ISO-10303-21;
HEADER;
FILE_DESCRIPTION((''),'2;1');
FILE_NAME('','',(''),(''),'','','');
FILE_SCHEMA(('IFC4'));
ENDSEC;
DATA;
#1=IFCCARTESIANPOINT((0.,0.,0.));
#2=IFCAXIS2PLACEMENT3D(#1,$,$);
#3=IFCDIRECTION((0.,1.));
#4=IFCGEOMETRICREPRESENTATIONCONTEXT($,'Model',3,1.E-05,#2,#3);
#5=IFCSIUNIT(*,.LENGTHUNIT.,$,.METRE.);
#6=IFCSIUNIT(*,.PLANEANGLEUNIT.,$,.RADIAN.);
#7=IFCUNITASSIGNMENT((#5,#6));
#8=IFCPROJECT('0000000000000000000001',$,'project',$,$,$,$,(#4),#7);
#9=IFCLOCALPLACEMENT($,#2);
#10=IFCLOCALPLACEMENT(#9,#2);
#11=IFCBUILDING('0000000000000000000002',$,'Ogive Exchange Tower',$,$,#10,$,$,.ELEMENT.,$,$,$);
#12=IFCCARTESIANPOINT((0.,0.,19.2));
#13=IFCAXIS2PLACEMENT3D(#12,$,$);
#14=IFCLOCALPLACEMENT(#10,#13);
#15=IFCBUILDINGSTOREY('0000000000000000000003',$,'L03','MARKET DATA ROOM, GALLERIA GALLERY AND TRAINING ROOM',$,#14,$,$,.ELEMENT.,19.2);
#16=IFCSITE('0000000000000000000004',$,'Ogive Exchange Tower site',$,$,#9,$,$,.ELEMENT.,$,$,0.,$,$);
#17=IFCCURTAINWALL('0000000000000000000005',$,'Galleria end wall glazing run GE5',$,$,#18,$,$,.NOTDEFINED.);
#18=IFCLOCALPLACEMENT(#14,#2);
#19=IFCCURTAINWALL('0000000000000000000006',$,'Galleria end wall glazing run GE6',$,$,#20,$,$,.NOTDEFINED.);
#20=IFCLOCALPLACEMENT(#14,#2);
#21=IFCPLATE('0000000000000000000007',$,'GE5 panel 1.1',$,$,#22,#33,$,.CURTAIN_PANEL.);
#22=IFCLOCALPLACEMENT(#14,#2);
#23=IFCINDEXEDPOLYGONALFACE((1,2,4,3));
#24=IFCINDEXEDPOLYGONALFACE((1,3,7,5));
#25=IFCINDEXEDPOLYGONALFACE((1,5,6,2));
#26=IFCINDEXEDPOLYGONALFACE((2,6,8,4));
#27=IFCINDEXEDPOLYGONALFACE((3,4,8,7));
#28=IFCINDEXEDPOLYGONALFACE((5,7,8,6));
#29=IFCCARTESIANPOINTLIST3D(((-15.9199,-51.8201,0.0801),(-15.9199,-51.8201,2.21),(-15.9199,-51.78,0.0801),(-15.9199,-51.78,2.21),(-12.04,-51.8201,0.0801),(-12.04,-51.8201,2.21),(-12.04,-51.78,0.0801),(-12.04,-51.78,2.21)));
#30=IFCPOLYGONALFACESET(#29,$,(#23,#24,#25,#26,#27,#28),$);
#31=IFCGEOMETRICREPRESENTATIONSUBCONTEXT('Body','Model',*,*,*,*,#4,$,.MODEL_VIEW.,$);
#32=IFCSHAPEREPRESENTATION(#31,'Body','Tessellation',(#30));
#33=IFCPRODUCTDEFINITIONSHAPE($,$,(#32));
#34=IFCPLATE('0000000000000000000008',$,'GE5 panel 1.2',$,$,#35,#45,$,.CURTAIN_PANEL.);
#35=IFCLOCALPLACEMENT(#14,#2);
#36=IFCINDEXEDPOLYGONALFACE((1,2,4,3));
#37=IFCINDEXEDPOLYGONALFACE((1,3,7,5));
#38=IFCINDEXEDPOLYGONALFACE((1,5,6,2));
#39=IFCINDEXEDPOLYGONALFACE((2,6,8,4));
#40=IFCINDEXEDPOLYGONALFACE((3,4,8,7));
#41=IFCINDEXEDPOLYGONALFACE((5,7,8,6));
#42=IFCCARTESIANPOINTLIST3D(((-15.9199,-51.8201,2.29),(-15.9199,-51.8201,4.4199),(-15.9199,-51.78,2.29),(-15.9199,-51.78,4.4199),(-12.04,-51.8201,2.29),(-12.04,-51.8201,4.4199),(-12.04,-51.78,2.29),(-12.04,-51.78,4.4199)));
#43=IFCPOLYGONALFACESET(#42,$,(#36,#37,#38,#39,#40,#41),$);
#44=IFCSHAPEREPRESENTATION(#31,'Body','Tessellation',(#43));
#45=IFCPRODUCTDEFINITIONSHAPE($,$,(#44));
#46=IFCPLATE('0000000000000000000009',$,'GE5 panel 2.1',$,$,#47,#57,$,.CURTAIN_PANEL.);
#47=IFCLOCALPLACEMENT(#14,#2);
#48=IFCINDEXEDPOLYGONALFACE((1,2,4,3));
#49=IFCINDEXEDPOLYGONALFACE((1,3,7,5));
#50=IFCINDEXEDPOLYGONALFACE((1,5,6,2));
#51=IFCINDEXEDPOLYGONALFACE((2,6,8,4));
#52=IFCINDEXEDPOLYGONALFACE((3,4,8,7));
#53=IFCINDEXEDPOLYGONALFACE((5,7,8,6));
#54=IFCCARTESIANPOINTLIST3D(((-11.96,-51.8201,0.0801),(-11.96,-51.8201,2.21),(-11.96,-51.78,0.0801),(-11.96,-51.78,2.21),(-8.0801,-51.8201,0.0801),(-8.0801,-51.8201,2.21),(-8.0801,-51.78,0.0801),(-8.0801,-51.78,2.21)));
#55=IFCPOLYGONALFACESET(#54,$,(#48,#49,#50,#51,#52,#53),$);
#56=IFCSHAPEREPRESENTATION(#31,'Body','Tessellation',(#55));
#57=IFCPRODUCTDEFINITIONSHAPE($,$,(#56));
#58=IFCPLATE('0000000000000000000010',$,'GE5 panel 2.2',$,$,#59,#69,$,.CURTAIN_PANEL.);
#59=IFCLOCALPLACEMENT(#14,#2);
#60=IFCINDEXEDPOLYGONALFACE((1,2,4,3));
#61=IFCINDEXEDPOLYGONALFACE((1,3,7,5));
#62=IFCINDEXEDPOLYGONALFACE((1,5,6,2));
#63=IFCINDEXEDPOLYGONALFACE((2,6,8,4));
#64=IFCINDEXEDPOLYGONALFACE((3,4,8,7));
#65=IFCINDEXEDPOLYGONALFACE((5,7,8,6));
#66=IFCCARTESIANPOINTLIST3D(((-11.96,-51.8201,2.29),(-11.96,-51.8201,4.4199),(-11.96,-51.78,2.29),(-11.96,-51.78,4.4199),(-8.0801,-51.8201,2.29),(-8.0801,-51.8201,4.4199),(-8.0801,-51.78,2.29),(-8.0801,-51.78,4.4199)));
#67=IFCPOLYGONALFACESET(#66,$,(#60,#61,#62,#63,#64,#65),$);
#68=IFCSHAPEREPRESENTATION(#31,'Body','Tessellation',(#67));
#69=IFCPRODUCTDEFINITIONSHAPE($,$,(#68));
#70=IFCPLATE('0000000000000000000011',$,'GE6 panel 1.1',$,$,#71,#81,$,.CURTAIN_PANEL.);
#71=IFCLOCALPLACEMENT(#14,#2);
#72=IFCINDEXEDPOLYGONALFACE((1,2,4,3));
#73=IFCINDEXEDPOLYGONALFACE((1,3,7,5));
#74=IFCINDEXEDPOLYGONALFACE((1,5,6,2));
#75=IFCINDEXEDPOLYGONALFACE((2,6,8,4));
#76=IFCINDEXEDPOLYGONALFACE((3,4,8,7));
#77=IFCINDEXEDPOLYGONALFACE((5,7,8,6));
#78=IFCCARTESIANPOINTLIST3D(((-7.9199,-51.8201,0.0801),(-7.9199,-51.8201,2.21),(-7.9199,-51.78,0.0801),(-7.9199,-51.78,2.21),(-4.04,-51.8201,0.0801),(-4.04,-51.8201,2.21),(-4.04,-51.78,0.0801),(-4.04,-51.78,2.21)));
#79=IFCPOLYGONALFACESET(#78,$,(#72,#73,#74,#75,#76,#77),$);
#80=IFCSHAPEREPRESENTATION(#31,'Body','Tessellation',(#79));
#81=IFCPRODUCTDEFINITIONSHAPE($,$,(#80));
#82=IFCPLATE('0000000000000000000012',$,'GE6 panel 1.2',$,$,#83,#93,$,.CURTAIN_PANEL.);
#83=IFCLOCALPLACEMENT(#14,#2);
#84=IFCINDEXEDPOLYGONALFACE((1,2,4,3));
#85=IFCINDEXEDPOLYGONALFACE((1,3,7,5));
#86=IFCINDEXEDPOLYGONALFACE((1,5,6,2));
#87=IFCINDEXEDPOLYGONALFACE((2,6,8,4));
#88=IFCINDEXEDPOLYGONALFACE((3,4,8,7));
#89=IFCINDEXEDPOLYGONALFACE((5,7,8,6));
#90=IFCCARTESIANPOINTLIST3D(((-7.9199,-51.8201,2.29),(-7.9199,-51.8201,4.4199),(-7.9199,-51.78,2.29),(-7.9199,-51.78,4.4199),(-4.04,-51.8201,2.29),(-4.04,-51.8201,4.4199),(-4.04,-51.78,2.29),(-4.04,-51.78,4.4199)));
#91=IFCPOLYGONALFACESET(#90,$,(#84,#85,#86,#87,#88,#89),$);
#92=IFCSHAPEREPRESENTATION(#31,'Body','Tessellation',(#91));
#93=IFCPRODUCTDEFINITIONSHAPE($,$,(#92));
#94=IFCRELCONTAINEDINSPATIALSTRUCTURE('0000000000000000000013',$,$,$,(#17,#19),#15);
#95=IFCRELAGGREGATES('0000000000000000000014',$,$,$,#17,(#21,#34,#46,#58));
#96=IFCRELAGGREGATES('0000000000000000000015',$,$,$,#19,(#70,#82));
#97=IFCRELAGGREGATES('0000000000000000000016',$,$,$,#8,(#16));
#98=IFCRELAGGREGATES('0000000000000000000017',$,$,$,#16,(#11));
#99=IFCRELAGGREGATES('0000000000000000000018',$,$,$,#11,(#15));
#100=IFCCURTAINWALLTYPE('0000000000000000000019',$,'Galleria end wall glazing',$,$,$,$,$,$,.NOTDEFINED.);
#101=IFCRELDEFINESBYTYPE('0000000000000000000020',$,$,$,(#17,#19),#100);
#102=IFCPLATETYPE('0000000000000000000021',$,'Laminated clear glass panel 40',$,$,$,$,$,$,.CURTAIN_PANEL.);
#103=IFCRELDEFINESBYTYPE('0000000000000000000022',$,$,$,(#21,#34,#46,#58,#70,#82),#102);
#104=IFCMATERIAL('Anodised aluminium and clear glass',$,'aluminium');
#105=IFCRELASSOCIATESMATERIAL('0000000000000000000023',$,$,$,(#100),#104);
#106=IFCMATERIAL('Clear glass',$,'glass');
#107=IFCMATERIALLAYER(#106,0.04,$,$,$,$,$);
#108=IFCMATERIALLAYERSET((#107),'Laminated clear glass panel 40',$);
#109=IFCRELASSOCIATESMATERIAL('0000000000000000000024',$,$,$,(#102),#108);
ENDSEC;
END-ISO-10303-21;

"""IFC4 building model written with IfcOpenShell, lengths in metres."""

from ifc_helpers import new_model, si_unit, direction, frame, origin, origin_2d, place, context, subcontext, project, spatial, rectangle, extrude, material, layer, layer_set, type_object, element, aggregate, save


model = new_model("IFC4")

# Units and contexts
model_context = context("Model", 3, precision=1e-05, world=origin(), true_north=direction((0.0, 1.0)))
body_context = subcontext(model_context, "Body", "Model", "MODEL_VIEW")
ifc_project = project(units=[si_unit("LENGTHUNIT", "METRE"), si_unit("PLANEANGLEUNIT", "RADIAN")], contexts=[model_context])

# Site, building, storey
site_placement = place(None, origin())
site = spatial("IfcSite", under=ifc_project, at=site_placement, Name="Ogive Exchange Tower site", CompositionType="ELEMENT", RefElevation=0.0)
building_placement = place(site_placement, origin())
building = spatial("IfcBuilding", under=site, at=building_placement, Name="Ogive Exchange Tower", CompositionType="ELEMENT")
storey_placement = place(building_placement, frame((0.0, 0.0, 19.2)))
storey = spatial("IfcBuildingStorey", under=building, at=storey_placement, Name="L03", Description="MARKET DATA ROOM, GALLERIA GALLERY AND TRAINING ROOM", CompositionType="ELEMENT", Elevation=19.2)

# Curtain walls
ifc_material_1 = material(Name="Anodised aluminium and clear glass", Category="aluminium")
curtain_wall_type = type_object("IfcCurtainWallType", Name="Galleria end wall glazing", PredefinedType="NOTDEFINED", material=ifc_material_1)
curtain_wall_1_placement = place(storey_placement, origin())
curtain_wall_1 = element("IfcCurtainWall", 1, at=curtain_wall_1_placement, inside=storey, type_object=curtain_wall_type, Name="Galleria end wall glazing run GE5", PredefinedType="NOTDEFINED")
curtain_wall_2_placement = place(storey_placement, origin())
curtain_wall_2 = element("IfcCurtainWall", 2, at=curtain_wall_2_placement, inside=storey, type_object=curtain_wall_type, Name="Galleria end wall glazing run GE6", PredefinedType="NOTDEFINED")

# Plates
ifc_material_2 = material(Name="Clear glass", Category="glass")
ifc_layer = layer(ifc_material_2, 0.04)
ifc_layer_set = layer_set([ifc_layer], Name="Laminated clear glass panel 40")
plate_type = type_object("IfcPlateType", Name="Laminated clear glass panel 40", PredefinedType="CURTAIN_PANEL", material=ifc_layer_set)
plate_1_placement = place(storey_placement, frame((-13.98, -51.8, 0.0801), z_axis=(0.0, 0.0, 1.0), x_axis=(1.0, 0.0, 0.0)))
plate_1 = element("IfcPlate", 3, at=plate_1_placement, type_object=plate_type, Name="GE5 panel 1.1", PredefinedType="CURTAIN_PANEL", context=body_context, shape_type="SweptSolid", body=[
    extrude(rectangle(XDim=3.8799, YDim=0.04, at=origin_2d()), origin(), (0.0, 0.0, 1.0), 2.1299),
])
plate_2_placement = place(storey_placement, frame((-13.98, -51.8, 2.29), z_axis=(0.0, 0.0, 1.0), x_axis=(1.0, 0.0, 0.0)))
plate_2 = element("IfcPlate", 4, at=plate_2_placement, type_object=plate_type, Name="GE5 panel 1.2", PredefinedType="CURTAIN_PANEL", context=body_context, shape_type="SweptSolid", body=[
    extrude(rectangle(XDim=3.8799, YDim=0.04, at=origin_2d()), origin(), (0.0, 0.0, 1.0), 2.1299),
])
plate_3_placement = place(storey_placement, frame((-10.02, -51.8, 0.0801), z_axis=(0.0, 0.0, 1.0), x_axis=(1.0, 0.0, 0.0)))
plate_3 = element("IfcPlate", 5, at=plate_3_placement, type_object=plate_type, Name="GE5 panel 2.1", PredefinedType="CURTAIN_PANEL", context=body_context, shape_type="SweptSolid", body=[
    extrude(rectangle(XDim=3.8799, YDim=0.04, at=origin_2d()), origin(), (0.0, 0.0, 1.0), 2.1299),
])
plate_4_placement = place(storey_placement, frame((-10.02, -51.8, 2.29), z_axis=(0.0, 0.0, 1.0), x_axis=(1.0, 0.0, 0.0)))
plate_4 = element("IfcPlate", 6, at=plate_4_placement, type_object=plate_type, Name="GE5 panel 2.2", PredefinedType="CURTAIN_PANEL", context=body_context, shape_type="SweptSolid", body=[
    extrude(rectangle(XDim=3.8799, YDim=0.04, at=origin_2d()), origin(), (0.0, 0.0, 1.0), 2.1299),
])
aggregate(curtain_wall_1, [plate_1, plate_2, plate_3, plate_4])
plate_5_placement = place(storey_placement, frame((-5.98, -51.8, 0.0801), z_axis=(0.0, 0.0, 1.0), x_axis=(1.0, 0.0, 0.0)))
plate_5 = element("IfcPlate", 7, at=plate_5_placement, type_object=plate_type, Name="GE6 panel 1.1", PredefinedType="CURTAIN_PANEL", context=body_context, shape_type="SweptSolid", body=[
    extrude(rectangle(XDim=3.8799, YDim=0.04, at=origin_2d()), origin(), (0.0, 0.0, 1.0), 2.1299),
])
plate_6_placement = place(storey_placement, frame((-5.98, -51.8, 2.29), z_axis=(0.0, 0.0, 1.0), x_axis=(1.0, 0.0, 0.0)))
plate_6 = element("IfcPlate", 8, at=plate_6_placement, type_object=plate_type, Name="GE6 panel 1.2", PredefinedType="CURTAIN_PANEL", context=body_context, shape_type="SweptSolid", body=[
    extrude(rectangle(XDim=3.8799, YDim=0.04, at=origin_2d()), origin(), (0.0, 0.0, 1.0), 2.1299),
])
aggregate(curtain_wall_2, [plate_5, plate_6])

save(model, "model.ifc")
